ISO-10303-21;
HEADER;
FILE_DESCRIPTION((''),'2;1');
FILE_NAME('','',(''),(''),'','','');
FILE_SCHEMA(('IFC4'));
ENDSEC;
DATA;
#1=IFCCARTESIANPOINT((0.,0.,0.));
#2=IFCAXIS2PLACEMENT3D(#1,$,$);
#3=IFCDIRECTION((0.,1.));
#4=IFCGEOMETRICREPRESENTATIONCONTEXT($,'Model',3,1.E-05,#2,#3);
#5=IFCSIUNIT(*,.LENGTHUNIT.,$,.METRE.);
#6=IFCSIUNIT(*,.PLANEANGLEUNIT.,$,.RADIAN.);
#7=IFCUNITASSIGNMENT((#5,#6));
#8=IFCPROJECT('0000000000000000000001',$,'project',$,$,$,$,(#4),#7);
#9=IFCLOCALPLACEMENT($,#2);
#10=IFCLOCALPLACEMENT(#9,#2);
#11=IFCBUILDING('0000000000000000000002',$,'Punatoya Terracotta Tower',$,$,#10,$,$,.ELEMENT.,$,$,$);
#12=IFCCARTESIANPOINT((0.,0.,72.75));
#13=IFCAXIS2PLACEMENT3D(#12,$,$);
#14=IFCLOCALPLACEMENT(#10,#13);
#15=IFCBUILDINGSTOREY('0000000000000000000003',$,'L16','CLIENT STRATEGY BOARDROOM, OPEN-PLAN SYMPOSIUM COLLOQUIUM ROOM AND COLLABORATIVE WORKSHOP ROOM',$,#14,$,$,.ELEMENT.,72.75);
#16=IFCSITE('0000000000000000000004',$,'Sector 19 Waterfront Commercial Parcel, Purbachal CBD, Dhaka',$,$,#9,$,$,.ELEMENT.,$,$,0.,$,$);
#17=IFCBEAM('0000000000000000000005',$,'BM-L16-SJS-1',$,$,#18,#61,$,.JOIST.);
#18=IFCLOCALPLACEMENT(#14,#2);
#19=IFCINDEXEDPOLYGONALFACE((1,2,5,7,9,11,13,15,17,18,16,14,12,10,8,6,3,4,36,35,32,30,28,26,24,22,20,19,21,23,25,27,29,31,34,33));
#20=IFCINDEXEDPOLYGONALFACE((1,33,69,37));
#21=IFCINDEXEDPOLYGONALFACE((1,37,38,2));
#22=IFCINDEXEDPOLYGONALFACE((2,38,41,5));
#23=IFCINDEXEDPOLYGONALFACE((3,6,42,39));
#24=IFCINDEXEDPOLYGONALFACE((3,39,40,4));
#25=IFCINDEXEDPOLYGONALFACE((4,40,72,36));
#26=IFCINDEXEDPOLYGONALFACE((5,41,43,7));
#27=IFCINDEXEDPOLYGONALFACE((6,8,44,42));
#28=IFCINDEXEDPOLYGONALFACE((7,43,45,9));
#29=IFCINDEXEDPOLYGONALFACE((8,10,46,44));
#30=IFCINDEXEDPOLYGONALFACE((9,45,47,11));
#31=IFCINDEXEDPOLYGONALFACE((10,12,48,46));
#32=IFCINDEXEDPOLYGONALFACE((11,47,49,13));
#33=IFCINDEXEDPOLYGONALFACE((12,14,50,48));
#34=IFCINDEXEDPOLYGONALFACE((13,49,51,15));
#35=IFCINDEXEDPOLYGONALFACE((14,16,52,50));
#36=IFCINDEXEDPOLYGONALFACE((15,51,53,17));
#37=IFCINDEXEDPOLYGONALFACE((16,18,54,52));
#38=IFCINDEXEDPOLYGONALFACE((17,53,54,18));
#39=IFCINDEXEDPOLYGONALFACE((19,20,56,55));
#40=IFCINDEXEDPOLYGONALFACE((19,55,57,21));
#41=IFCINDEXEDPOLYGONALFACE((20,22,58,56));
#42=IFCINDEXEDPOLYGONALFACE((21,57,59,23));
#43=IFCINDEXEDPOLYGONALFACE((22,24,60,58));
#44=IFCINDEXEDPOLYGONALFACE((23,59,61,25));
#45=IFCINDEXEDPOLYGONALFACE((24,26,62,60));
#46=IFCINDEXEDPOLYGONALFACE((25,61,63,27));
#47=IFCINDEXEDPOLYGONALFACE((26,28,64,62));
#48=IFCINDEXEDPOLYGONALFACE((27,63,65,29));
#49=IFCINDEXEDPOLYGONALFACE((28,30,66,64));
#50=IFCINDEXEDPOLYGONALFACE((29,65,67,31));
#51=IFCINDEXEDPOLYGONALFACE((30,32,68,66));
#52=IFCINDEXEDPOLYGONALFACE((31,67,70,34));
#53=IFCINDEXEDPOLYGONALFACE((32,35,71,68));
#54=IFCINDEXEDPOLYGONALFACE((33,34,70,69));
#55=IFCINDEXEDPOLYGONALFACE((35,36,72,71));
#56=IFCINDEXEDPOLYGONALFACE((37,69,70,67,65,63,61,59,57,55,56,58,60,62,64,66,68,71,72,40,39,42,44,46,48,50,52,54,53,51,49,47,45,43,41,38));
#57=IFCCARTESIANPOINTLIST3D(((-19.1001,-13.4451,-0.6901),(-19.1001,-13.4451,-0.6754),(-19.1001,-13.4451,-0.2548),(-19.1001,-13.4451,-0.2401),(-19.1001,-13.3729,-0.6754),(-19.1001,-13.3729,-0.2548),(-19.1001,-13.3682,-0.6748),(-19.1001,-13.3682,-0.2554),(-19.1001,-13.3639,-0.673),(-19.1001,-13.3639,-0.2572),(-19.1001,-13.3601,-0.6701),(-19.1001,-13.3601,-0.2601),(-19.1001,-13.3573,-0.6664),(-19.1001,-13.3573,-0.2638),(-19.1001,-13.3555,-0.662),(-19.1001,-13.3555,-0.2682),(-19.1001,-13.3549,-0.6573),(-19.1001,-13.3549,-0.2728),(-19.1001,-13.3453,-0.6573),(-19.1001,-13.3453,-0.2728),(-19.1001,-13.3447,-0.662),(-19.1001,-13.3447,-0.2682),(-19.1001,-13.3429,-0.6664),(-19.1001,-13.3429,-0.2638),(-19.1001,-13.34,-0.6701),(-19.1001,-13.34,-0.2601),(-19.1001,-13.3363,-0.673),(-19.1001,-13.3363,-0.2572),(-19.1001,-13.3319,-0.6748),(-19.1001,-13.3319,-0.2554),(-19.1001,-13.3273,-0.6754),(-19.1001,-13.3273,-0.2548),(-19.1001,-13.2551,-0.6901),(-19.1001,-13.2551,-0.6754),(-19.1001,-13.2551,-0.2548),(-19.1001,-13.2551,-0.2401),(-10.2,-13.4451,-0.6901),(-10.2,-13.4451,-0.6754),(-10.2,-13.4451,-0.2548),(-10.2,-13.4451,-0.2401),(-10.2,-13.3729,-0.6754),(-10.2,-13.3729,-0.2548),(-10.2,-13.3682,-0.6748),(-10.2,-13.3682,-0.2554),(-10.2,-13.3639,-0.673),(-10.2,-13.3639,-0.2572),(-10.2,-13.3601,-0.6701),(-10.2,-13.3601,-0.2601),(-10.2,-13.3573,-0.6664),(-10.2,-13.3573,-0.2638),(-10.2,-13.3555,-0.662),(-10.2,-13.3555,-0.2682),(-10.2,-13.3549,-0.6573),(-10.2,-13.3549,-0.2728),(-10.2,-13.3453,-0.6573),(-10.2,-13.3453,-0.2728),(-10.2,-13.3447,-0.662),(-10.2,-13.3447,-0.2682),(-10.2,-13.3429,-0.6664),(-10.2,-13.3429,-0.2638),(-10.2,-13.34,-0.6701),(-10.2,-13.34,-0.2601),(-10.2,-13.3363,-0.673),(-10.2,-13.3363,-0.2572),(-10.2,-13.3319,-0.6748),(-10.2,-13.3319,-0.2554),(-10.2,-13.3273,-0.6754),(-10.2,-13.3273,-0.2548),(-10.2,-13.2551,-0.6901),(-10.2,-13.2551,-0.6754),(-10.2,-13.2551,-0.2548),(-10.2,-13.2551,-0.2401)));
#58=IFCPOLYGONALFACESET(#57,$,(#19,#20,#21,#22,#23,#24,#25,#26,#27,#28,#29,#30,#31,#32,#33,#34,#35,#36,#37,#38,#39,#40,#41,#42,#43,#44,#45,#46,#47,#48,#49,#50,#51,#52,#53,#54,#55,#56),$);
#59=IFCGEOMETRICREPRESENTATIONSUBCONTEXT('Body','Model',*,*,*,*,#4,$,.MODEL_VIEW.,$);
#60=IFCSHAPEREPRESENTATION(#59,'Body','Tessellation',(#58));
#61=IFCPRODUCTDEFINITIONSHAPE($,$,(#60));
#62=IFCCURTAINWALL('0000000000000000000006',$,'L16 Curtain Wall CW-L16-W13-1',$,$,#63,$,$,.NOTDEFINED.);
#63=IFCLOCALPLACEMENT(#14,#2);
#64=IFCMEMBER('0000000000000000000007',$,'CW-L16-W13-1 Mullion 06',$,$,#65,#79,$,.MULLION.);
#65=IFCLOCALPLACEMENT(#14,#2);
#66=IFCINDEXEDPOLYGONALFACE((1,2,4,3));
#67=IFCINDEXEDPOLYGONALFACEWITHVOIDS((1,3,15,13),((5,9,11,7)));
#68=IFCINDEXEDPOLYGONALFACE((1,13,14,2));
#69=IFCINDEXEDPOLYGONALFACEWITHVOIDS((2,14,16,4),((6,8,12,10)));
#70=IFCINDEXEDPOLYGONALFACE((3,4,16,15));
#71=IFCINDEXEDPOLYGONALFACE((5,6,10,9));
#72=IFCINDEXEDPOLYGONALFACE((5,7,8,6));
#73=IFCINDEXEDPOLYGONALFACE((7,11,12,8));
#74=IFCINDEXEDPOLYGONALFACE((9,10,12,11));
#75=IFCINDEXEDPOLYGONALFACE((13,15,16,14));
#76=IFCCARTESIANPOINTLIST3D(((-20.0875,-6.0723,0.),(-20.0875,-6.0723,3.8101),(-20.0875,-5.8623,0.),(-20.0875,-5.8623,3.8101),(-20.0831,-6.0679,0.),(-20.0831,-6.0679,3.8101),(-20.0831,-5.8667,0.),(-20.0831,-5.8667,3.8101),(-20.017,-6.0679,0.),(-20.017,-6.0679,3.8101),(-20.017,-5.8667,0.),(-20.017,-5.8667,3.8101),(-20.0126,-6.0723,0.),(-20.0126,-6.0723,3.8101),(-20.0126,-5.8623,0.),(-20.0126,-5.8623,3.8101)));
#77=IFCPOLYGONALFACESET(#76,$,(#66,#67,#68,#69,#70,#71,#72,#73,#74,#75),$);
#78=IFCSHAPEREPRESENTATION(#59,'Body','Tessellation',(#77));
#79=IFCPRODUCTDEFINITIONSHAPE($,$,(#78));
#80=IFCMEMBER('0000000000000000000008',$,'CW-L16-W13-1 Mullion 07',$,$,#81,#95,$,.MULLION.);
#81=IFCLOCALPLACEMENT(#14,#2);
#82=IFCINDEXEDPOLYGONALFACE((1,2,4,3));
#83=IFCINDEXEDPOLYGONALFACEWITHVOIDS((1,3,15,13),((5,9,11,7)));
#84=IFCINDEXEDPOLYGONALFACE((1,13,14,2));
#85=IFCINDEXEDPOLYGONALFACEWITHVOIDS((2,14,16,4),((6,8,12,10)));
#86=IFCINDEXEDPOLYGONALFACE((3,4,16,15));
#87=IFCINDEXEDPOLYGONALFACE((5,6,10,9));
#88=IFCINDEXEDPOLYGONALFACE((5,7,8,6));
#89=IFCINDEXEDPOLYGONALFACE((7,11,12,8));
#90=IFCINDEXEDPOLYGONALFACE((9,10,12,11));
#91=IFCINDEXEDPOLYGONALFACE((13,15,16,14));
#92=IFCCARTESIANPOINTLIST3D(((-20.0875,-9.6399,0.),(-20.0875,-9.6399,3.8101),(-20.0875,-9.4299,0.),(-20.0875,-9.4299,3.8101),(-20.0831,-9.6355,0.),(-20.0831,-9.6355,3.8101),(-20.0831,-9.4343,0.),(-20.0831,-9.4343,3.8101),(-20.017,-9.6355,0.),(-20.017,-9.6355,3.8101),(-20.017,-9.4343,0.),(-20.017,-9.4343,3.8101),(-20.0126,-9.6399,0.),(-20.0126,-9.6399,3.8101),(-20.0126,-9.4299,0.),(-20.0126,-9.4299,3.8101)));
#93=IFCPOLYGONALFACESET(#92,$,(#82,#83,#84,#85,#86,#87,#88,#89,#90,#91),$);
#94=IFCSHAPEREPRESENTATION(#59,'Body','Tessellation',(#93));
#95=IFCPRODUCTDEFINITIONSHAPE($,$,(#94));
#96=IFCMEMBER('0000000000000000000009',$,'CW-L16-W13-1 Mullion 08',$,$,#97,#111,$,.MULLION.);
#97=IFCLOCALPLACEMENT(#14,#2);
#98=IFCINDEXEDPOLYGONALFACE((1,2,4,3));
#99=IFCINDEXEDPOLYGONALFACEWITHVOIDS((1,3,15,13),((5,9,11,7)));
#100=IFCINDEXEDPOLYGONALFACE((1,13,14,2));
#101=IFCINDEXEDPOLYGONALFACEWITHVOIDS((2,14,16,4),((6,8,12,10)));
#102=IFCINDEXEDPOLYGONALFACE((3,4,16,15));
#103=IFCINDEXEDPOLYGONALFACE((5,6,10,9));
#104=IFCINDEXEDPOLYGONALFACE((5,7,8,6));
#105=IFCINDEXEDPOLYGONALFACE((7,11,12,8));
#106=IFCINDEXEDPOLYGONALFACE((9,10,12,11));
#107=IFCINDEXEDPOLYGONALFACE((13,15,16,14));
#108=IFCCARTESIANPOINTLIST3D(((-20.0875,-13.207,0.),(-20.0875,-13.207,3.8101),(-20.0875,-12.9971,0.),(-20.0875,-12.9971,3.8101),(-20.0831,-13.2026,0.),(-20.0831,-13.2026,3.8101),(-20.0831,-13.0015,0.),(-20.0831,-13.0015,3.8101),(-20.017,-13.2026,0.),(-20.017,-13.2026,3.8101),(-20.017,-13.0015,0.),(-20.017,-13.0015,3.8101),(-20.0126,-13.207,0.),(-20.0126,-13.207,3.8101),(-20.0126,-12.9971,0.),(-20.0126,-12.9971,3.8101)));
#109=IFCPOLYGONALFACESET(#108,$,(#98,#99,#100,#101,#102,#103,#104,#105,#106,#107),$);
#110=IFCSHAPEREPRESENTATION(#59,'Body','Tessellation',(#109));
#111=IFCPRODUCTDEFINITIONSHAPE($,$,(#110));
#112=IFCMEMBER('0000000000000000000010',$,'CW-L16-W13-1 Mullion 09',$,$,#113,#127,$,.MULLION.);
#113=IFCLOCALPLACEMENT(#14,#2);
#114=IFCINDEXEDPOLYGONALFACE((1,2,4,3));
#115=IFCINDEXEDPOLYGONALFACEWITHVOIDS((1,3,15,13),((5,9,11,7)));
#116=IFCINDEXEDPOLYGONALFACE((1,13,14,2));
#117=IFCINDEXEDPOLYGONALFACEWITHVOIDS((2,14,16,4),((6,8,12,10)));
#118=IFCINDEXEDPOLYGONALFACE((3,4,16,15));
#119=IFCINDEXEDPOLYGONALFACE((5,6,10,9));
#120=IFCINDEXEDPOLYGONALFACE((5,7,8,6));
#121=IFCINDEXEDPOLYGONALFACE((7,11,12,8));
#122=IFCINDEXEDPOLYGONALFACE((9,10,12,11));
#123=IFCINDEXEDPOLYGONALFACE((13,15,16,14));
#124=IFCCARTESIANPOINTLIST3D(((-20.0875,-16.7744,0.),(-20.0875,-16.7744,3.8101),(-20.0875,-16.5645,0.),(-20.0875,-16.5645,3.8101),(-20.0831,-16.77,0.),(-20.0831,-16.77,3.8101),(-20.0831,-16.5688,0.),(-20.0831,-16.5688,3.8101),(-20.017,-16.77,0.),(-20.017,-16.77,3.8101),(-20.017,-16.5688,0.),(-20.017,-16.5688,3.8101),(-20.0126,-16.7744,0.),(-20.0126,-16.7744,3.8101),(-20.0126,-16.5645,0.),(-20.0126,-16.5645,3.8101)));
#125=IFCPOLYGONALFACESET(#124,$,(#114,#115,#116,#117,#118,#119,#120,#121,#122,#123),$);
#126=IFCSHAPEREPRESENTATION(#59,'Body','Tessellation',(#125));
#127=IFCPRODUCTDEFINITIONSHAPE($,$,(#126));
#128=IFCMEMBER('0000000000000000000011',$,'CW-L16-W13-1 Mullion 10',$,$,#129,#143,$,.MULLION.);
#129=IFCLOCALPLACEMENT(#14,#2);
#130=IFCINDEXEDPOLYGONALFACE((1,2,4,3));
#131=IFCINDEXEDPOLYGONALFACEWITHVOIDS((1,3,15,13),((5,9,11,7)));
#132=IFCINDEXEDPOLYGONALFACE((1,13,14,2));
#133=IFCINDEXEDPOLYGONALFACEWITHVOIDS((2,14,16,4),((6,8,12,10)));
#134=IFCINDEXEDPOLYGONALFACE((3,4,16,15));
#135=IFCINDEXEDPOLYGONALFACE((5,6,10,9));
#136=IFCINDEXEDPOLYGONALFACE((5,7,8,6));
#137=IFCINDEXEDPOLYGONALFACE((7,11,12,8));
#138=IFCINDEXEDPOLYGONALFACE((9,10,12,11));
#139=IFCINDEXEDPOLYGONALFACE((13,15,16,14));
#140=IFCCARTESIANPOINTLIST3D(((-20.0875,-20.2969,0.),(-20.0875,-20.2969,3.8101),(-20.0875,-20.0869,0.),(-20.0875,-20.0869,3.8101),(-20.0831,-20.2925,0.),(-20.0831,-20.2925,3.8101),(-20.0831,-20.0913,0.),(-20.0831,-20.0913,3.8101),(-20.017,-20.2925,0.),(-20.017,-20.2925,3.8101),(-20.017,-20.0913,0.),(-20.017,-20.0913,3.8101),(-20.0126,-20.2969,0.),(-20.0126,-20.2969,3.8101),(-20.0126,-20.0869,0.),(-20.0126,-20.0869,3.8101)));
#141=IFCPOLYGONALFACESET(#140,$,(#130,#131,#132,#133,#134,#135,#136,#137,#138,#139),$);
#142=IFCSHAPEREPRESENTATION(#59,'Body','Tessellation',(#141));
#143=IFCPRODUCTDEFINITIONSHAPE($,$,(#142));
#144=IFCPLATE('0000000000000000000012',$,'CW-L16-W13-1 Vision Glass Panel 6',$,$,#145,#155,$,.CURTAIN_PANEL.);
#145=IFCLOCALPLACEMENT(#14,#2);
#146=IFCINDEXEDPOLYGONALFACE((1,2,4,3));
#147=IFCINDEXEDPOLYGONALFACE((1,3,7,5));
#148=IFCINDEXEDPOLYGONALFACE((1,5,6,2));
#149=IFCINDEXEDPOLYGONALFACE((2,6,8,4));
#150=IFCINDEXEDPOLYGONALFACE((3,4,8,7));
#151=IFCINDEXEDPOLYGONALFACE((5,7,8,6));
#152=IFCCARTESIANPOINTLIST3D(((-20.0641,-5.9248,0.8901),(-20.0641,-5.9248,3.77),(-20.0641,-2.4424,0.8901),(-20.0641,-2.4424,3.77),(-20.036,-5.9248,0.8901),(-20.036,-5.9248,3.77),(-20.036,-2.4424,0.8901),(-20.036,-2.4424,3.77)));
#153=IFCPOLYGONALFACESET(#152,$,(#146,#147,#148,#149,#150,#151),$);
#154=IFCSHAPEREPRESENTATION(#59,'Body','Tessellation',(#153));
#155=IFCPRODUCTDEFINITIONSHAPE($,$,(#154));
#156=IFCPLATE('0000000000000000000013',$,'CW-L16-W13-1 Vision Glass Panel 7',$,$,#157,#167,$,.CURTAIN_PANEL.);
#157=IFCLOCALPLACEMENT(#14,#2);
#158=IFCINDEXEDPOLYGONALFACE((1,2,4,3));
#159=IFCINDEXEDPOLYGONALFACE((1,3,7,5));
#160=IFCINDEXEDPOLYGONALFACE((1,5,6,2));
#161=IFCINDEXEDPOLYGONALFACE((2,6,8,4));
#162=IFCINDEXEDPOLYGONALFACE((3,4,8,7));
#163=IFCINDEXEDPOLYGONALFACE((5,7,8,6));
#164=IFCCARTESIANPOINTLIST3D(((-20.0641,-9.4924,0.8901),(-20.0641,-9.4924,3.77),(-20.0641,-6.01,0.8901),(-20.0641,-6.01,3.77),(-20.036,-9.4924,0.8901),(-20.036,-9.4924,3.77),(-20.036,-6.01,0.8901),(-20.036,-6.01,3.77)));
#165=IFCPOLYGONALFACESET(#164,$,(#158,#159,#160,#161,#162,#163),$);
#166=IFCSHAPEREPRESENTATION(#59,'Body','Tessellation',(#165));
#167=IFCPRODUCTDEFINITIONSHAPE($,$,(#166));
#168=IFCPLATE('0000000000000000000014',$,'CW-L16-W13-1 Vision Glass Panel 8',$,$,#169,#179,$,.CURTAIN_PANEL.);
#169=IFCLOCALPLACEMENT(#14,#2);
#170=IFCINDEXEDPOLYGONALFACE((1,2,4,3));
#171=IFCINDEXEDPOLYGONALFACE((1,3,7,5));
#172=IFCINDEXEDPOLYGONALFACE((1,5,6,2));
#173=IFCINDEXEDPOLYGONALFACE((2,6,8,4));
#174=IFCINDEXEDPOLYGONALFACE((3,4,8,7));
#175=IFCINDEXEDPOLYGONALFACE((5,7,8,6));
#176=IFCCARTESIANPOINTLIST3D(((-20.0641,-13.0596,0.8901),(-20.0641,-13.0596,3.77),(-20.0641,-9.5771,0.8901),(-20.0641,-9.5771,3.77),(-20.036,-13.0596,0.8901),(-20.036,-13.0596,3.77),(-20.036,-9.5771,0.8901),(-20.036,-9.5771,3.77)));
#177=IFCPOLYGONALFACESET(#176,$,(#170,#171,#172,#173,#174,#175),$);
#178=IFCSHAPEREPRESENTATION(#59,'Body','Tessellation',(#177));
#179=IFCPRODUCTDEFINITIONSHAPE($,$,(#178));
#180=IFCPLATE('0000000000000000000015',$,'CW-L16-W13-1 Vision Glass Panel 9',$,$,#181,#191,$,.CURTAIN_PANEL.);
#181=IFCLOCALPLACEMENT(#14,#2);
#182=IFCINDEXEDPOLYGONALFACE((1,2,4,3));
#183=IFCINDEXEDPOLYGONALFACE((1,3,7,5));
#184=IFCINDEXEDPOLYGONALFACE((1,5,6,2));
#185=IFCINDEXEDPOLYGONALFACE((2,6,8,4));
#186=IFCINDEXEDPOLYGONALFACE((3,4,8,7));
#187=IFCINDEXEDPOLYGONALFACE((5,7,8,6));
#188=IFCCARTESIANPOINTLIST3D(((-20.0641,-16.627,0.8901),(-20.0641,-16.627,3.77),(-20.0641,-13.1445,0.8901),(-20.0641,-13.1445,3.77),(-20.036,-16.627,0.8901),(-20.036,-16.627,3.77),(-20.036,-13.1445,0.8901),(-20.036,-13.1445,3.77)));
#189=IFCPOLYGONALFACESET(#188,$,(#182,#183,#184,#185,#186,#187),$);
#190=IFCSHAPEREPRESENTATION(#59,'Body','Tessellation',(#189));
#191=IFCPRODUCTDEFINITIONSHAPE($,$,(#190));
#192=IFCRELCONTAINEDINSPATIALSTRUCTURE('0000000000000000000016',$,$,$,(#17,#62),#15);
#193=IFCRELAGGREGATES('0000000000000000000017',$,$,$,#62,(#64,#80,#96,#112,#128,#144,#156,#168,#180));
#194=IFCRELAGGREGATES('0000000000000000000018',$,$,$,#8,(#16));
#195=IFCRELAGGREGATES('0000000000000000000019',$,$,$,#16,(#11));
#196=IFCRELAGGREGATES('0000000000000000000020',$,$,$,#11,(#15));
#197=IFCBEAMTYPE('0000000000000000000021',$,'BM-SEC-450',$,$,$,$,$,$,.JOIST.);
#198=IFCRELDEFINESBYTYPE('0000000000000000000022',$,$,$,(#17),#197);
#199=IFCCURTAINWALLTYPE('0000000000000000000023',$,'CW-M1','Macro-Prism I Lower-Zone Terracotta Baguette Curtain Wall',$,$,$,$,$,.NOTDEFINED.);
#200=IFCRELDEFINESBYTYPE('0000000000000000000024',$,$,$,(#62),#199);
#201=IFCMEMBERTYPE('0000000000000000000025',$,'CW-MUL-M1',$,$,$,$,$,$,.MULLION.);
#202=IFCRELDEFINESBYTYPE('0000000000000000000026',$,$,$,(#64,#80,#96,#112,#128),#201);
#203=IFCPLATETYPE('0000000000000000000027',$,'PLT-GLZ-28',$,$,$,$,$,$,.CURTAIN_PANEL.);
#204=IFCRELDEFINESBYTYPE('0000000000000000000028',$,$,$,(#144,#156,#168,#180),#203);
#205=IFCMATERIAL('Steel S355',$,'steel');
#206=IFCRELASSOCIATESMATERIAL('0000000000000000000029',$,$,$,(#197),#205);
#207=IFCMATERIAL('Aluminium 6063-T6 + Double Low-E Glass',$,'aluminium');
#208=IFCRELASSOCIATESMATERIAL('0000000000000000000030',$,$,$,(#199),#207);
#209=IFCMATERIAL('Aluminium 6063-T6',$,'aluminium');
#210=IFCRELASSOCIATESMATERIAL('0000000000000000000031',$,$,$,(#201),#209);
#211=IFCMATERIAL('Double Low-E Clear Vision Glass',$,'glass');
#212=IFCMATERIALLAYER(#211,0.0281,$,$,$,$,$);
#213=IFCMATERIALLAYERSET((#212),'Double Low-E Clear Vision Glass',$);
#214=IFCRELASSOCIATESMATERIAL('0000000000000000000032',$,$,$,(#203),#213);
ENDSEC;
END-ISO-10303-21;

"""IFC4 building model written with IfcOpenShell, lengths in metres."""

from ifc_helpers import new_model, si_unit, direction, frame, origin, origin_2d, place, context, subcontext, project, spatial, rectangle, hollow_rectangle, i_section, extrude, material, layer, layer_set, material_profile, profile_set, type_object, element, aggregate, save


model = new_model("IFC4")

# Units and contexts
model_context = context("Model", 3, precision=1e-05, world=origin(), true_north=direction((0.0, 1.0)))
body_context = subcontext(model_context, "Body", "Model", "MODEL_VIEW")
ifc_project = project(units=[si_unit("LENGTHUNIT", "METRE"), si_unit("PLANEANGLEUNIT", "RADIAN")], contexts=[model_context])

# Site, building, storey
site_placement = place(None, origin())
site = spatial("IfcSite", under=ifc_project, at=site_placement, Name="Sector 19 Waterfront Commercial Parcel, Purbachal CBD, Dhaka", CompositionType="ELEMENT", RefElevation=0.0)
building_placement = place(site_placement, origin())
building = spatial("IfcBuilding", under=site, at=building_placement, Name="Punatoya Terracotta Tower", CompositionType="ELEMENT")
storey_placement = place(building_placement, frame((0.0, 0.0, 72.75)))
storey = spatial("IfcBuildingStorey", under=building, at=storey_placement, Name="L16", Description="CLIENT STRATEGY BOARDROOM, OPEN-PLAN SYMPOSIUM COLLOQUIUM ROOM AND COLLABORATIVE WORKSHOP ROOM", CompositionType="ELEMENT", Elevation=72.75)

# Beam
ifc_material_1 = material(Name="Steel S355", Category="steel")
ifc_material_profile_1 = material_profile(ifc_material_1, i_section(OverallWidth=0.1899, OverallDepth=0.45, WebThickness=0.0095, FlangeThickness=0.0146, FilletRadius=0.0181, at=origin_2d()))
ifc_profile_set_1 = profile_set([ifc_material_profile_1], Name="Steel S355")
beam_type_1 = type_object("IfcBeamType", Name="BM-SEC-450", PredefinedType="JOIST", material=ifc_profile_set_1)
beam_1_placement = place(storey_placement, frame((-19.1001, -13.3501, -0.4651), z_axis=(1.0, 0.0, 0.0), x_axis=(0.0, 1.0, 0.0)))
element("IfcBeam", 1, at=beam_1_placement, inside=storey, type_object=beam_type_1, Name="BM-L16-SJS-1", PredefinedType="JOIST", context=body_context, shape_type="SweptSolid", body=[
    extrude(i_section(OverallWidth=0.1899, OverallDepth=0.45, WebThickness=0.0095, FlangeThickness=0.0146, FilletRadius=0.0181, at=origin_2d()), origin(), (0.0, 0.0, 1.0), 8.9001),
])

# Curtain wall, members, plates
ifc_material_2 = material(Name="Aluminium 6063-T6 + Double Low-E Glass", Category="aluminium")
curtain_wall_type = type_object("IfcCurtainWallType", Name="CW-M1", Description="Macro-Prism I Lower-Zone Terracotta Baguette Curtain Wall", PredefinedType="NOTDEFINED", material=ifc_material_2)
curtain_wall_placement = place(storey_placement, origin())
curtain_wall = element("IfcCurtainWall", 2, at=curtain_wall_placement, inside=storey, type_object=curtain_wall_type, Name="L16 Curtain Wall CW-L16-W13-1", PredefinedType="NOTDEFINED")
ifc_material_3 = material(Name="Aluminium 6063-T6", Category="aluminium")
ifc_material_profile_2 = material_profile(ifc_material_3, hollow_rectangle(XDim=0.075, YDim=0.21, WallThickness=0.0044, at=origin_2d()))
ifc_profile_set_2 = profile_set([ifc_material_profile_2], Name="Aluminium 6063-T6")
member_type = type_object("IfcMemberType", Name="CW-MUL-M1", PredefinedType="MULLION", material=ifc_profile_set_2)
member_1_placement = place(storey_placement, frame((-20.05, -5.9673, 0.0), z_axis=(0.0, 0.0, 1.0), x_axis=(1.0, 0.0, 0.0)))
member_1 = element("IfcMember", 3, at=member_1_placement, type_object=member_type, Name="CW-L16-W13-1 Mullion 06", PredefinedType="MULLION", context=body_context, shape_type="SweptSolid", body=[
    extrude(hollow_rectangle(XDim=0.075, YDim=0.21, WallThickness=0.0044, at=origin_2d()), origin(), (0.0, 0.0, 1.0), 3.8101),
])
member_2_placement = place(storey_placement, frame((-20.05, -9.5349, 0.0), z_axis=(0.0, 0.0, 1.0), x_axis=(1.0, 0.0, 0.0)))
member_2 = element("IfcMember", 4, at=member_2_placement, type_object=member_type, Name="CW-L16-W13-1 Mullion 07", PredefinedType="MULLION", context=body_context, shape_type="SweptSolid", body=[
    extrude(hollow_rectangle(XDim=0.075, YDim=0.21, WallThickness=0.0044, at=origin_2d()), origin(), (0.0, 0.0, 1.0), 3.8101),
])
member_3_placement = place(storey_placement, frame((-20.05, -13.1021, 0.0), z_axis=(0.0, 0.0, 1.0), x_axis=(1.0, 0.0, 0.0)))
member_3 = element("IfcMember", 5, at=member_3_placement, type_object=member_type, Name="CW-L16-W13-1 Mullion 08", PredefinedType="MULLION", context=body_context, shape_type="SweptSolid", body=[
    extrude(hollow_rectangle(XDim=0.075, YDim=0.21, WallThickness=0.0044, at=origin_2d()), origin(), (0.0, 0.0, 1.0), 3.8101),
])
member_4_placement = place(storey_placement, frame((-20.05, -16.6694, 0.0), z_axis=(0.0, 0.0, 1.0), x_axis=(1.0, 0.0, 0.0)))
member_4 = element("IfcMember", 6, at=member_4_placement, type_object=member_type, Name="CW-L16-W13-1 Mullion 09", PredefinedType="MULLION", context=body_context, shape_type="SweptSolid", body=[
    extrude(hollow_rectangle(XDim=0.075, YDim=0.21, WallThickness=0.0044, at=origin_2d()), origin(), (0.0, 0.0, 1.0), 3.8101),
])
member_5_placement = place(storey_placement, frame((-20.05, -20.1919, 0.0), z_axis=(0.0, 0.0, 1.0), x_axis=(1.0, 0.0, 0.0)))
member_5 = element("IfcMember", 7, at=member_5_placement, type_object=member_type, Name="CW-L16-W13-1 Mullion 10", PredefinedType="MULLION", context=body_context, shape_type="SweptSolid", body=[
    extrude(hollow_rectangle(XDim=0.075, YDim=0.21, WallThickness=0.0044, at=origin_2d()), origin(), (0.0, 0.0, 1.0), 3.8101),
])
ifc_material_4 = material(Name="Double Low-E Clear Vision Glass", Category="glass")
ifc_layer_1 = layer(ifc_material_4, 0.0281)
ifc_layer_set_1 = layer_set([ifc_layer_1], Name="Double Low-E Clear Vision Glass")
plate_type_1 = type_object("IfcPlateType", Name="PLT-GLZ-28", PredefinedType="CURTAIN_PANEL", material=ifc_layer_set_1)
plate_1_placement = place(storey_placement, frame((-20.05, -4.1836, 0.8901), z_axis=(0.0, 0.0, 1.0), x_axis=(0.0, -1.0, 0.0)))
plate_1 = element("IfcPlate", 8, at=plate_1_placement, type_object=plate_type_1, Name="CW-L16-W13-1 Vision Glass Panel 6", PredefinedType="CURTAIN_PANEL", context=body_context, shape_type="SweptSolid", body=[
    extrude(rectangle(XDim=3.4824, YDim=0.0281, at=origin_2d()), origin(), (0.0, 0.0, 1.0), 2.8799),
])
plate_2_placement = place(storey_placement, frame((-20.05, -7.7512, 0.8901), z_axis=(0.0, 0.0, 1.0), x_axis=(0.0, -1.0, 0.0)))
plate_2 = element("IfcPlate", 9, at=plate_2_placement, type_object=plate_type_1, Name="CW-L16-W13-1 Vision Glass Panel 7", PredefinedType="CURTAIN_PANEL", context=body_context, shape_type="SweptSolid", body=[
    extrude(rectangle(XDim=3.4824, YDim=0.0281, at=origin_2d()), origin(), (0.0, 0.0, 1.0), 2.8799),
])
plate_3_placement = place(storey_placement, frame((-20.05, -11.3184, 0.8901), z_axis=(0.0, 0.0, 1.0), x_axis=(0.0, -1.0, 0.0)))
plate_3 = element("IfcPlate", 10, at=plate_3_placement, type_object=plate_type_1, Name="CW-L16-W13-1 Vision Glass Panel 8", PredefinedType="CURTAIN_PANEL", context=body_context, shape_type="SweptSolid", body=[
    extrude(rectangle(XDim=3.4824, YDim=0.0281, at=origin_2d()), origin(), (0.0, 0.0, 1.0), 2.8799),
])
plate_4_placement = place(storey_placement, frame((-20.05, -14.8857, 0.8901), z_axis=(0.0, 0.0, 1.0), x_axis=(0.0, -1.0, 0.0)))
plate_4 = element("IfcPlate", 11, at=plate_4_placement, type_object=plate_type_1, Name="CW-L16-W13-1 Vision Glass Panel 9", PredefinedType="CURTAIN_PANEL", context=body_context, shape_type="SweptSolid", body=[
    extrude(rectangle(XDim=3.4824, YDim=0.0281, at=origin_2d()), origin(), (0.0, 0.0, 1.0), 2.8799),
])
aggregate(curtain_wall, [member_1, member_2, member_3, member_4, member_5, plate_1, plate_2, plate_3, plate_4])

save(model, "model.ifc")
